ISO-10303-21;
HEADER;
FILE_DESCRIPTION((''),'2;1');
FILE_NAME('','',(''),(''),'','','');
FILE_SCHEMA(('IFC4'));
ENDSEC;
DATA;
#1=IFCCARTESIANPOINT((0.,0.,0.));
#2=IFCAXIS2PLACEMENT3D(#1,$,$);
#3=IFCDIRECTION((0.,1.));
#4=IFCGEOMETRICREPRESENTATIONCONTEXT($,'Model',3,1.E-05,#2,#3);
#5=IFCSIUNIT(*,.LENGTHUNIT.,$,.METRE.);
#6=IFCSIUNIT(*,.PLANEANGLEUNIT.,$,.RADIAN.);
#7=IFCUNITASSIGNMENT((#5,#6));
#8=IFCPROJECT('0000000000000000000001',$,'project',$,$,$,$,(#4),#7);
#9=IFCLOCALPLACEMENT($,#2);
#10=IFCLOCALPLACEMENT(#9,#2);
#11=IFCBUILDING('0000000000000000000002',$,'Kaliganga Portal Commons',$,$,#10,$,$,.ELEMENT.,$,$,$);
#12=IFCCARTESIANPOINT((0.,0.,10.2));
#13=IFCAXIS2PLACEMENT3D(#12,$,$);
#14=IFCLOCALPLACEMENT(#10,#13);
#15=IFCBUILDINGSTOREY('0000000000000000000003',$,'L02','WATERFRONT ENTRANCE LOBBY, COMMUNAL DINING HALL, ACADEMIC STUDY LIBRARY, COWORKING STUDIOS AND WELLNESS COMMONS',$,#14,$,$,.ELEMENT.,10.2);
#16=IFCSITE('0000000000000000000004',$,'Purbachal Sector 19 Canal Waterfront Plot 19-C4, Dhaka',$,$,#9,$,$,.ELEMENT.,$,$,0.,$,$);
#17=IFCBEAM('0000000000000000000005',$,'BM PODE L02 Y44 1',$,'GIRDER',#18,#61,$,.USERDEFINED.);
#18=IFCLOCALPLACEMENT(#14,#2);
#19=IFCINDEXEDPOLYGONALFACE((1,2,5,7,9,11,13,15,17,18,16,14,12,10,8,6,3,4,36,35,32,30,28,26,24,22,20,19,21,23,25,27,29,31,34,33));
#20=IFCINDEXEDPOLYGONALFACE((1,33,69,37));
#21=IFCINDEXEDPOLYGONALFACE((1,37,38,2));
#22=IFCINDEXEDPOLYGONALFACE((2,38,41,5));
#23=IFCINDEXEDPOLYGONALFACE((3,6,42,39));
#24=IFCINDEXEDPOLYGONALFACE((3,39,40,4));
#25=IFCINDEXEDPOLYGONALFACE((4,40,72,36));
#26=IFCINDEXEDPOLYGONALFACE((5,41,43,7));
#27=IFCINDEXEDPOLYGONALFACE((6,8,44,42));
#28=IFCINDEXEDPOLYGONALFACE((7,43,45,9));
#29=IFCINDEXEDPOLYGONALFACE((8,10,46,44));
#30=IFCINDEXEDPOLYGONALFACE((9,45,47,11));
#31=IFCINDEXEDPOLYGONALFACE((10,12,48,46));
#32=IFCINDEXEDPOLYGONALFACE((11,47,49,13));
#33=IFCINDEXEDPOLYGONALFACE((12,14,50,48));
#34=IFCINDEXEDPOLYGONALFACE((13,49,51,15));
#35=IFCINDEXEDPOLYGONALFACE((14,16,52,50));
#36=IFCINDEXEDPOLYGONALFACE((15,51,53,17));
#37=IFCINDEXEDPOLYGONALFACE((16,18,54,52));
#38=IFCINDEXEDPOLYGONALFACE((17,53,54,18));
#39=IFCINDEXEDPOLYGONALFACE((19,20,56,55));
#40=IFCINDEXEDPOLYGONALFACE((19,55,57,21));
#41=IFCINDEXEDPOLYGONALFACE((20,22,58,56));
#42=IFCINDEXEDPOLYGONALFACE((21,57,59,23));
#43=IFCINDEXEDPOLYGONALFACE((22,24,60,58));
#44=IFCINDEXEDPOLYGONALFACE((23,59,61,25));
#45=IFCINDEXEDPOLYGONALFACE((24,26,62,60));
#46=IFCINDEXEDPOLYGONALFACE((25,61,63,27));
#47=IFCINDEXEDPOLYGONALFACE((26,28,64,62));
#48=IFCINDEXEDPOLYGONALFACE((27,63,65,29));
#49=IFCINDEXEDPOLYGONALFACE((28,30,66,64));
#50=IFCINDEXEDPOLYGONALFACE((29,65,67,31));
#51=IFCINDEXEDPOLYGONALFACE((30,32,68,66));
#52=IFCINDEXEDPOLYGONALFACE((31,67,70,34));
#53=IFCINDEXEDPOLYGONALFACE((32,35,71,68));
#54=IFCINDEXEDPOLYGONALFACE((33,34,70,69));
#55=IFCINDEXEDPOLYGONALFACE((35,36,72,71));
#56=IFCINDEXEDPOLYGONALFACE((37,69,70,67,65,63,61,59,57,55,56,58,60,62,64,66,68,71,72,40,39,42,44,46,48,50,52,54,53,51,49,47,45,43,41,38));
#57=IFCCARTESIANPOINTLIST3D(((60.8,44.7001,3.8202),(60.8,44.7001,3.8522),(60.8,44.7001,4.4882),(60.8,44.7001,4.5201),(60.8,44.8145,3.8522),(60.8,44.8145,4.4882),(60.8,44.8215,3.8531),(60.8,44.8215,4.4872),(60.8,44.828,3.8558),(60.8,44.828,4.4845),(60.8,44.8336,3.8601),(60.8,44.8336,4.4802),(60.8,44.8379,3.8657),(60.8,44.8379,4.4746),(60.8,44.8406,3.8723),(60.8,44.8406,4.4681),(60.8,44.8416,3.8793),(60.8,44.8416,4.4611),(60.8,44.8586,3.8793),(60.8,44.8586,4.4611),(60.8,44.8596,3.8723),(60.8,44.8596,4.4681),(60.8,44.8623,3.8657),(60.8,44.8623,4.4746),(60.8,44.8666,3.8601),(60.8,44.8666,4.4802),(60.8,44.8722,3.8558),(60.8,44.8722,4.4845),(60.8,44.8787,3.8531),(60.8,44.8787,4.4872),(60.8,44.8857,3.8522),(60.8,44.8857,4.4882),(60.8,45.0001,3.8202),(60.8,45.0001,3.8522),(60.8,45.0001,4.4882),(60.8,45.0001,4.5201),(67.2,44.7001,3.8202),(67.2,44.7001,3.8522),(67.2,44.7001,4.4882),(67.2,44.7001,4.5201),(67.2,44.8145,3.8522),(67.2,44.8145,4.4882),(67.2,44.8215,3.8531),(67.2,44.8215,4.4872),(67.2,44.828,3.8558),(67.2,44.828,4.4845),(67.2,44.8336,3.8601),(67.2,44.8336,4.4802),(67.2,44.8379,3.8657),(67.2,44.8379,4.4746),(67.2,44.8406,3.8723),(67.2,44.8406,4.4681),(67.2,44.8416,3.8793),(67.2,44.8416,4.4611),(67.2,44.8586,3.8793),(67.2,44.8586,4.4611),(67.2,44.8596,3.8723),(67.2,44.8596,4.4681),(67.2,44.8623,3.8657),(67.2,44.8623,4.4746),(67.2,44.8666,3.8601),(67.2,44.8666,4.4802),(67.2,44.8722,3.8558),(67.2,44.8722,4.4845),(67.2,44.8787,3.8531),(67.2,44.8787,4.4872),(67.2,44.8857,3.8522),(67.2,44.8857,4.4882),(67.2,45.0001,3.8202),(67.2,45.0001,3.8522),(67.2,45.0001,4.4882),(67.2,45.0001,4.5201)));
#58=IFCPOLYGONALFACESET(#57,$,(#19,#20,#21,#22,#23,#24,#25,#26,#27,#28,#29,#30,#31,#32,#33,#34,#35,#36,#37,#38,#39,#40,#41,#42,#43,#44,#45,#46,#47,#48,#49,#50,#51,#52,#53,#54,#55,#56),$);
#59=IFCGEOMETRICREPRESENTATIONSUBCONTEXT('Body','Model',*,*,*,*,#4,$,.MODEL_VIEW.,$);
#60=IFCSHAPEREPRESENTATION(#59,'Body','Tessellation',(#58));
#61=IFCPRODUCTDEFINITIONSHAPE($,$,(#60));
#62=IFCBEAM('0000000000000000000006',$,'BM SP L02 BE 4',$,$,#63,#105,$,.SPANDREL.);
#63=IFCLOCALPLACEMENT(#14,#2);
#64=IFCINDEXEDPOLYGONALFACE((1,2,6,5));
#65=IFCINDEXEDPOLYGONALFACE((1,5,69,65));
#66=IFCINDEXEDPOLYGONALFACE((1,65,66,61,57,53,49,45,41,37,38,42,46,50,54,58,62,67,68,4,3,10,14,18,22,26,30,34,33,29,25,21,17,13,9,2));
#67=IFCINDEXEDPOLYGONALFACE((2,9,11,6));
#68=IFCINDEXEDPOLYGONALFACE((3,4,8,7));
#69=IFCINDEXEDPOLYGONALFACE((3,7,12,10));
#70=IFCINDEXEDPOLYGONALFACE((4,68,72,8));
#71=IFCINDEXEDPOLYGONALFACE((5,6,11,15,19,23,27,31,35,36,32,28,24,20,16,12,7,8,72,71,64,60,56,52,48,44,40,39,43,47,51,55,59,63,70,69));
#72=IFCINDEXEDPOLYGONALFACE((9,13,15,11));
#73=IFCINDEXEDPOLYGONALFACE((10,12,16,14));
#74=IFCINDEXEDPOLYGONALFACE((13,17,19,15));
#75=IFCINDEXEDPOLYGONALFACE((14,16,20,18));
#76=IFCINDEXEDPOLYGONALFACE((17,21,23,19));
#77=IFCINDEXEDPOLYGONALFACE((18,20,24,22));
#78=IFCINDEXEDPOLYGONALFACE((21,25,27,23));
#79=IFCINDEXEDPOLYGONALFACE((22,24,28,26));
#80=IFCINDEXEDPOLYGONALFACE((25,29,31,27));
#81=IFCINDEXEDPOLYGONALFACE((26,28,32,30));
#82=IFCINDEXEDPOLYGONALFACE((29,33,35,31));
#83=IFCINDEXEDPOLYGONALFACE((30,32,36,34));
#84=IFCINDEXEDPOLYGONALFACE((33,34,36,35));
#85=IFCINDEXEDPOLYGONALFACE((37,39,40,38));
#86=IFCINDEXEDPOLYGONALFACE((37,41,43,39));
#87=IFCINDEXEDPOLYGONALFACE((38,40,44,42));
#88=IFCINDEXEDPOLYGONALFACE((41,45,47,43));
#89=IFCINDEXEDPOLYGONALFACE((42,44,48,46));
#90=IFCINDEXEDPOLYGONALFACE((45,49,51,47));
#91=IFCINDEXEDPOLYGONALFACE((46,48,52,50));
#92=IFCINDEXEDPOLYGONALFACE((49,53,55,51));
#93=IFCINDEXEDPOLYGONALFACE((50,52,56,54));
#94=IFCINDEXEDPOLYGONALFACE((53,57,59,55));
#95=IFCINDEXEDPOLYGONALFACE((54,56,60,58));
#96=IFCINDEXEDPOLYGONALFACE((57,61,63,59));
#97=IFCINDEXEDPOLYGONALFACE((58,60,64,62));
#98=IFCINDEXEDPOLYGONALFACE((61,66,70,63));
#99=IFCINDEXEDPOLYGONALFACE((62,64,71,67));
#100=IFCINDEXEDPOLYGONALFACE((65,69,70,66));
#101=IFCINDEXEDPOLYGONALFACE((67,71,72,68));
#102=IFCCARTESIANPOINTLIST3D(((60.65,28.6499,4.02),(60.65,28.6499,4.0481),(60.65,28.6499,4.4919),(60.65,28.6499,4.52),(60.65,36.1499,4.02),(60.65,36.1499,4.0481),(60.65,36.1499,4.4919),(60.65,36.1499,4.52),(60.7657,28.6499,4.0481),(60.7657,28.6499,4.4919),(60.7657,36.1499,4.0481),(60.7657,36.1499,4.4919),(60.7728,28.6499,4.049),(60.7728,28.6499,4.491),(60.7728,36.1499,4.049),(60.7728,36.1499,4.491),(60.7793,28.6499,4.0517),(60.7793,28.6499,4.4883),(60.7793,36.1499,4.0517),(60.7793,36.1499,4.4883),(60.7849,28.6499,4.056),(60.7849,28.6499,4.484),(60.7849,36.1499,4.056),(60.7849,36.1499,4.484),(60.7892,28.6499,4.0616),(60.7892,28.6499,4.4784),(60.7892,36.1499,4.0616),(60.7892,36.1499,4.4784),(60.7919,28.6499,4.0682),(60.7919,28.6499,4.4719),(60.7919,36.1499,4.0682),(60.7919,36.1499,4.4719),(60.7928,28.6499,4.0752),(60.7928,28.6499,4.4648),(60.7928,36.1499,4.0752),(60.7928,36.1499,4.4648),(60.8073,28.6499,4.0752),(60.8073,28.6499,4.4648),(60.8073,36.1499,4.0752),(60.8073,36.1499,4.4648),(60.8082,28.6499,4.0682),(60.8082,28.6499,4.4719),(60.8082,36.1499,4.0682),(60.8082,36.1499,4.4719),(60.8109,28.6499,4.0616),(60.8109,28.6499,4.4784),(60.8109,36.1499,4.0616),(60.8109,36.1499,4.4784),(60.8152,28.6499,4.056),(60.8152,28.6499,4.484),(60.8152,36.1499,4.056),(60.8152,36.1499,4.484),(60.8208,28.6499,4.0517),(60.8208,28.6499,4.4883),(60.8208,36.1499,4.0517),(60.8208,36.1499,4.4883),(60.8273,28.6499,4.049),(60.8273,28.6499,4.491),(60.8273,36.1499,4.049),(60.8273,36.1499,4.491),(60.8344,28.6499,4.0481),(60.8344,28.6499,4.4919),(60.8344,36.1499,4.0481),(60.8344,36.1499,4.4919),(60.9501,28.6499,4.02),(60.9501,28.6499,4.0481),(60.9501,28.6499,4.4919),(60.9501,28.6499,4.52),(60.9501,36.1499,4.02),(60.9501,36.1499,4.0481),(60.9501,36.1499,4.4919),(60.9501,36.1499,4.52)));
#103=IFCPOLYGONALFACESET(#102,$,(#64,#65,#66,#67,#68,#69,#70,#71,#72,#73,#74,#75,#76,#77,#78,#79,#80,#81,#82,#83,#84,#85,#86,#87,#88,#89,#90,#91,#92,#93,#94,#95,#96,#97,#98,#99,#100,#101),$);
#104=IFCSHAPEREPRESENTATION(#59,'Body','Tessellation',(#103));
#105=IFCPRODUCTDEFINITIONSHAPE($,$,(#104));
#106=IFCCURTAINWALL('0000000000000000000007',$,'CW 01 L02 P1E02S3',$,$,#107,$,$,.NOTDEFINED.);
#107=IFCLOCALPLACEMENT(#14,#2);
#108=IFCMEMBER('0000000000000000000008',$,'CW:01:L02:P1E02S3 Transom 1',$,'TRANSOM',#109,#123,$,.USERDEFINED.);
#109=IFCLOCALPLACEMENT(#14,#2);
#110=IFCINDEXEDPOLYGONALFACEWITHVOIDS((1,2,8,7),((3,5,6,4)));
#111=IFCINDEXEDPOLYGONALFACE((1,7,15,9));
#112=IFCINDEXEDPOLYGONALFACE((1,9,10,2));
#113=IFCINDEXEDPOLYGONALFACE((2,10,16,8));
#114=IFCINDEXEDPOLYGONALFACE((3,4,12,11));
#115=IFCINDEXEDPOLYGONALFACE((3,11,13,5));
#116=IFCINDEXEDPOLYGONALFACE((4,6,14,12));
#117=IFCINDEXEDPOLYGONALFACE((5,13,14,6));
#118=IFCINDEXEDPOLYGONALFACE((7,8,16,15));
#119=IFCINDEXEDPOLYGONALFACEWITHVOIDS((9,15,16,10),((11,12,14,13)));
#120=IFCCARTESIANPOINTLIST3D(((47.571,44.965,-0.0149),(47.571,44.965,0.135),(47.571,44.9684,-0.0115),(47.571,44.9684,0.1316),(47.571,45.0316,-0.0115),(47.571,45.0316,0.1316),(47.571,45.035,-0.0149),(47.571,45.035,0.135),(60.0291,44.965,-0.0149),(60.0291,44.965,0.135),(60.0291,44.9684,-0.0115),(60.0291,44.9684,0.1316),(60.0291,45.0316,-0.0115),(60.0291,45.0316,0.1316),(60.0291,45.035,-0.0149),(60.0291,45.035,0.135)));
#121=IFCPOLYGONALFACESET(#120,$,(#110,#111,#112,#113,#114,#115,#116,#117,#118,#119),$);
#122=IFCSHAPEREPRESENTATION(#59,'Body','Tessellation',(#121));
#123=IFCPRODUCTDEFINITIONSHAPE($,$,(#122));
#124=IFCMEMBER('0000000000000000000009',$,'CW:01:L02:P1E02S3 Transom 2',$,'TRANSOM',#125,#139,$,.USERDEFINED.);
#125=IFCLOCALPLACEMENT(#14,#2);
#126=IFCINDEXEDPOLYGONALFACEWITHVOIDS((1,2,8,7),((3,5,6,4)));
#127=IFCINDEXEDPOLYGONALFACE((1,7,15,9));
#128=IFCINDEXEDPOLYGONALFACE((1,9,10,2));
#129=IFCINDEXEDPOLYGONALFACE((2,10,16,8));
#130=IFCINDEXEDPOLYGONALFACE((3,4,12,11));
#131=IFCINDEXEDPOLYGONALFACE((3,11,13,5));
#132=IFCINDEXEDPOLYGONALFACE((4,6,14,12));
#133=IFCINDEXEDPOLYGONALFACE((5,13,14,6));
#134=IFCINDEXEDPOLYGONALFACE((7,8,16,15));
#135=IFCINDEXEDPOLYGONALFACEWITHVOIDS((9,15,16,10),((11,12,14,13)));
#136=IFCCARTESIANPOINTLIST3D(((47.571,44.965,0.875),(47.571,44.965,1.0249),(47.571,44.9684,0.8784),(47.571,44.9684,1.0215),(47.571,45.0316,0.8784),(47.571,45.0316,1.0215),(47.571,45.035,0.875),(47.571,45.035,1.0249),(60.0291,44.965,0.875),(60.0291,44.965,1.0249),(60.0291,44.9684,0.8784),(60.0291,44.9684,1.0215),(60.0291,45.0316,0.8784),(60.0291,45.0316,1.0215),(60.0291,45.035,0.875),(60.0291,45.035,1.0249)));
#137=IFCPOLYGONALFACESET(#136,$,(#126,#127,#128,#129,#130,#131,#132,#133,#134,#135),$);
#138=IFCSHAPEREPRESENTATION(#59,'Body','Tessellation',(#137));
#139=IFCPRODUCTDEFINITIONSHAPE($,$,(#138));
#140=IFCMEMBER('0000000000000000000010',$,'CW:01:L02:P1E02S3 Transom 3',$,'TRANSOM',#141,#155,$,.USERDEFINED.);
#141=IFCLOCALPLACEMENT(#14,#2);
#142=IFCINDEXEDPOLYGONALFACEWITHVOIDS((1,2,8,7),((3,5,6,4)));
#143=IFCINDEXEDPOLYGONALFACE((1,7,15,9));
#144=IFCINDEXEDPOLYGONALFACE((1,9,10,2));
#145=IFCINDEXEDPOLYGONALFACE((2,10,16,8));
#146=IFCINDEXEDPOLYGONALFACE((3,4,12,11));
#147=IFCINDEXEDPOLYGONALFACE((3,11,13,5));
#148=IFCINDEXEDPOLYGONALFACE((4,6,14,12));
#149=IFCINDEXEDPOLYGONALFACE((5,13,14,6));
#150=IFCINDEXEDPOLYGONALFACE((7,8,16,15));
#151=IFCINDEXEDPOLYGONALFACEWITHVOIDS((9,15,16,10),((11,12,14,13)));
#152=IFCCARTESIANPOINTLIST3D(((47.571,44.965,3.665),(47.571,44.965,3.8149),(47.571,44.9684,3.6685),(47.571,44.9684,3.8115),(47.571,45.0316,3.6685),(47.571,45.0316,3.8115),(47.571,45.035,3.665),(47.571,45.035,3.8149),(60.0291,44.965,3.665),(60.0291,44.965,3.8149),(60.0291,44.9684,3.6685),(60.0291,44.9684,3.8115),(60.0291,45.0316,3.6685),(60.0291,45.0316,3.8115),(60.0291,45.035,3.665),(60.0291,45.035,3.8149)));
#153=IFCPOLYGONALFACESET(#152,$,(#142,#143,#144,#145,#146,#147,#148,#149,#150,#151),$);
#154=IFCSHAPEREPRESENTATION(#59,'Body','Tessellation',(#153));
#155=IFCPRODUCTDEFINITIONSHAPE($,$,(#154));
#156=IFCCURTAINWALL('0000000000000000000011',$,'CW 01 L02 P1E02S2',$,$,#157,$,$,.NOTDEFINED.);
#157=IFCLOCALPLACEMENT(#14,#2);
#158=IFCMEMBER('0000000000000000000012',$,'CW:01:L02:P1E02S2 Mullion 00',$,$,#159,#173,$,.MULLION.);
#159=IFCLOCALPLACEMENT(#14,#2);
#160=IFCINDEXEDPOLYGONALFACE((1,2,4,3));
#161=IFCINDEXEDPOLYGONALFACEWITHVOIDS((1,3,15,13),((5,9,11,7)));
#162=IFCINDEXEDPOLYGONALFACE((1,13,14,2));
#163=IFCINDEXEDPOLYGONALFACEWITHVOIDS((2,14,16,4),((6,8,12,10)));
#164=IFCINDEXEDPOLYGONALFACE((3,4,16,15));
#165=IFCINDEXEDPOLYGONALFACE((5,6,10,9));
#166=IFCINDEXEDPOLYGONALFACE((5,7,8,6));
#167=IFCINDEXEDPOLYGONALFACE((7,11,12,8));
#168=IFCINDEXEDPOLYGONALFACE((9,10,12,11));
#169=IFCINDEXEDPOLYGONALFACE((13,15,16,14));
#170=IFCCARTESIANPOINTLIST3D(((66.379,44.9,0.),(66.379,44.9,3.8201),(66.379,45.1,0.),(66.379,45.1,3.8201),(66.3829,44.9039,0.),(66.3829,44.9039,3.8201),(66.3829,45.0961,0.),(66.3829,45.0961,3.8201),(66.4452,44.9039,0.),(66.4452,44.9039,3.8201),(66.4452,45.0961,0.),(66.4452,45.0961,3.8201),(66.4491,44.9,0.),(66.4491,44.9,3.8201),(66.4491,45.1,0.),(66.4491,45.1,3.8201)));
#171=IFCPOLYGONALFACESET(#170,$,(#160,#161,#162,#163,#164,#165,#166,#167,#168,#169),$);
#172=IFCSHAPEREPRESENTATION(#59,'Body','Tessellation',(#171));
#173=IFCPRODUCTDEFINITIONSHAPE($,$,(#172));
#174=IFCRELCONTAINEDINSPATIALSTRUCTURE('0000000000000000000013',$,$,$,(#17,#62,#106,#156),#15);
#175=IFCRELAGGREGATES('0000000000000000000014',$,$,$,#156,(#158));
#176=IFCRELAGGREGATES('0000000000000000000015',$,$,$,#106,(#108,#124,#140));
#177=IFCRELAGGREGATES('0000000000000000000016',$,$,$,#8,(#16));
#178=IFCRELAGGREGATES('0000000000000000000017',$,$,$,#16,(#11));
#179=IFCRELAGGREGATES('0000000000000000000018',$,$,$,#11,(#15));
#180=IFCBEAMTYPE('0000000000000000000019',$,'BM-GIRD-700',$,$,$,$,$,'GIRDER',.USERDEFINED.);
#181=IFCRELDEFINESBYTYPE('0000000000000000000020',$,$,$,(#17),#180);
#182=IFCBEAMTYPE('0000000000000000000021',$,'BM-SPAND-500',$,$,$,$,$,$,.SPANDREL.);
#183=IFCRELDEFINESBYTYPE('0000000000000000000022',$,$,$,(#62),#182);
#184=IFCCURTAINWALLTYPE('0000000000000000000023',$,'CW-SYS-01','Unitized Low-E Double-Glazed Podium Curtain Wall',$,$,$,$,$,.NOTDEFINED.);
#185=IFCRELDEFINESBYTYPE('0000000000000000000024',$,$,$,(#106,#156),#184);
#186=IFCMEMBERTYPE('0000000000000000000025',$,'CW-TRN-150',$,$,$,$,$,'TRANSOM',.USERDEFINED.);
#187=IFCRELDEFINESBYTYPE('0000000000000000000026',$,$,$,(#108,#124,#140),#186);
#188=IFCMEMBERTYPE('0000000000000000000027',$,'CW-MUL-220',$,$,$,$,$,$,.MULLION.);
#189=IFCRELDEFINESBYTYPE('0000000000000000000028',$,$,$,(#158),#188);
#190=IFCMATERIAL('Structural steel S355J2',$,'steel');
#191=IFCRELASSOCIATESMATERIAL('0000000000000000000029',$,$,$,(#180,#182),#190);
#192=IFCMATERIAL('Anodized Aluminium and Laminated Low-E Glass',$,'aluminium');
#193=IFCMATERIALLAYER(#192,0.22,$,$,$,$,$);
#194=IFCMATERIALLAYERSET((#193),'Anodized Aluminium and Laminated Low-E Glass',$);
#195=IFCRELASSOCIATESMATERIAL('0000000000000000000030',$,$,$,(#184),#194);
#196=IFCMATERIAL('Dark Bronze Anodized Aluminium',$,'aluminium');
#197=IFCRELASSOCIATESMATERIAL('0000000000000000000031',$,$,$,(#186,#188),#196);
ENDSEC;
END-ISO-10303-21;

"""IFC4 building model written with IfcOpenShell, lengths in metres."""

from ifc_helpers import new_model, si_unit, direction, frame, origin, origin_2d, place, context, subcontext, project, spatial, hollow_rectangle, i_section, extrude, source, transform, mapped, material, layer, layer_set, material_profile, profile_set, type_object, element, aggregate, save


model = new_model("IFC4")

# Units and contexts
model_context = context("Model", 3, precision=1e-05, world=origin(), true_north=direction((0.0, 1.0)))
body_context = subcontext(model_context, "Body", "Model", "MODEL_VIEW")
ifc_project = project(units=[si_unit("LENGTHUNIT", "METRE"), si_unit("PLANEANGLEUNIT", "RADIAN")], contexts=[model_context])

# Site, building, storey
site_placement = place(None, origin())
site = spatial("IfcSite", under=ifc_project, at=site_placement, Name="Purbachal Sector 19 Canal Waterfront Plot 19-C4, Dhaka", CompositionType="ELEMENT", RefElevation=0.0)
building_placement = place(site_placement, origin())
building = spatial("IfcBuilding", under=site, at=building_placement, Name="Kaliganga Portal Commons", CompositionType="ELEMENT")
storey_placement = place(building_placement, frame((0.0, 0.0, 10.2)))
storey = spatial("IfcBuildingStorey", under=building, at=storey_placement, Name="L02", Description="WATERFRONT ENTRANCE LOBBY, COMMUNAL DINING HALL, ACADEMIC STUDY LIBRARY, COWORKING STUDIOS AND WELLNESS COMMONS", CompositionType="ELEMENT", Elevation=10.2)

# Beams
ifc_material_1 = material(Name="Structural steel S355J2", Category="steel")
ifc_material_profile_1 = material_profile(ifc_material_1, i_section(OverallWidth=0.3, OverallDepth=0.7, WebThickness=0.0171, FlangeThickness=0.032, FilletRadius=0.0271, at=origin_2d()), Name="HE 700 B")
ifc_profile_set_1 = profile_set([ifc_material_profile_1], Name="Structural steel S355J2 wide-flange")
beam_type_1 = type_object("IfcBeamType", Name="BM-GIRD-700", ElementType="GIRDER", PredefinedType="USERDEFINED", material=ifc_profile_set_1)
shared_shape_1 = source(origin(), body_context, "Body", "SweptSolid", [
    extrude(i_section(OverallWidth=0.3, OverallDepth=0.7, WebThickness=0.0171, FlangeThickness=0.032, FilletRadius=0.0271, at=origin_2d()), origin(), (0.0, 0.0, 1.0), 6.3999),
])
for number, where, z_axis, x_axis, name in (
    (1, (60.8, 44.8501, 4.1702), (1.0, 0.0, 0.0), (0.0, 1.0, 0.0), "BM PODE L02 Y44 1"),
):
    element("IfcBeam", number, at=place(storey_placement, frame(where, z_axis=z_axis, x_axis=x_axis)), inside=storey, type_object=beam_type_1, Name=name, ObjectType="GIRDER", PredefinedType="USERDEFINED", context=body_context, shape_type="MappedRepresentation", body=[
        mapped(shared_shape_1, transform((0.0, 0.0, 0.0), x_axis=(1.0, 0.0, 0.0), y_axis=(0.0, 1.0, 0.0), z_axis=(0.0, 0.0, 1.0), scale=1.0)),
    ])
ifc_material_profile_2 = material_profile(ifc_material_1, i_section(OverallWidth=0.3, OverallDepth=0.5, WebThickness=0.0144, FlangeThickness=0.0281, FilletRadius=0.0271, at=origin_2d()), Name="HE 500 B")
ifc_profile_set_2 = profile_set([ifc_material_profile_2], Name="Structural steel S355J2 wide-flange")
beam_type_2 = type_object("IfcBeamType", Name="BM-SPAND-500", PredefinedType="SPANDREL", material=ifc_profile_set_2)
shared_shape_2 = source(origin(), body_context, "Body", "SweptSolid", [
    extrude(i_section(OverallWidth=0.3, OverallDepth=0.5, WebThickness=0.0144, FlangeThickness=0.0281, FilletRadius=0.0271, at=origin_2d()), origin(), (0.0, 0.0, 1.0), 7.5),
])
beam_1_placement = place(storey_placement, frame((60.8, 28.6499, 4.27), z_axis=(0.0, 1.0, 0.0), x_axis=(-1.0, 0.0, 0.0)))
element("IfcBeam", 2, at=beam_1_placement, inside=storey, type_object=beam_type_2, Name="BM SP L02 BE 4", PredefinedType="SPANDREL", context=body_context, shape_type="MappedRepresentation", body=[
    mapped(shared_shape_2, transform((0.0, 0.0, 0.0), x_axis=(1.0, 0.0, 0.0), y_axis=(0.0, 1.0, 0.0), z_axis=(0.0, 0.0, 1.0), scale=1.0)),
])

# Curtain walls, members
ifc_material_2 = material(Name="Anodized Aluminium and Laminated Low-E Glass", Category="aluminium")
ifc_layer_1 = layer(ifc_material_2, 0.22)
ifc_layer_set_1 = layer_set([ifc_layer_1], Name="Anodized Aluminium and Laminated Low-E Glass")
curtain_wall_type = type_object("IfcCurtainWallType", Name="CW-SYS-01", Description="Unitized Low-E Double-Glazed Podium Curtain Wall", PredefinedType="NOTDEFINED", material=ifc_layer_set_1)
curtain_wall_1_placement = place(storey_placement, origin())
curtain_wall_1 = element("IfcCurtainWall", 3, at=curtain_wall_1_placement, inside=storey, type_object=curtain_wall_type, Name="CW 01 L02 P1E02S3", PredefinedType="NOTDEFINED")
ifc_material_3 = material(Name="Dark Bronze Anodized Aluminium", Category="aluminium")
ifc_material_profile_3 = material_profile(ifc_material_3, hollow_rectangle(XDim=0.0701, YDim=0.1499, WallThickness=0.0034, at=origin_2d()), Name="ALU TRAN 70x150x3.5")
ifc_profile_set_3 = profile_set([ifc_material_profile_3], Name="Dark Bronze Anodized Aluminium")
member_type_1 = type_object("IfcMemberType", Name="CW-TRN-150", ElementType="TRANSOM", PredefinedType="USERDEFINED", material=ifc_profile_set_3)
shared_shape_3 = source(origin(), body_context, "Body", "SweptSolid", [
    extrude(hollow_rectangle(XDim=0.0701, YDim=0.1499, WallThickness=0.0034, at=origin_2d()), origin(), (0.0, 0.0, 1.0), 12.458),
])
member_1_placement = place(storey_placement, frame((60.0291, 45.0, 0.0601), z_axis=(-1.0, 0.0, 0.0), x_axis=(0.0, -1.0, 0.0)))
member_1 = element("IfcMember", 4, at=member_1_placement, type_object=member_type_1, Name="CW:01:L02:P1E02S3 Transom 1", ObjectType="TRANSOM", PredefinedType="USERDEFINED", context=body_context, shape_type="MappedRepresentation", body=[
    mapped(shared_shape_3, transform((0.0, 0.0, 0.0), x_axis=(1.0, 0.0, 0.0), y_axis=(0.0, 1.0, 0.0), z_axis=(0.0, 0.0, 1.0), scale=1.0)),
])
member_2_placement = place(storey_placement, frame((60.0291, 45.0, 0.95), z_axis=(-1.0, 0.0, 0.0), x_axis=(0.0, -1.0, 0.0)))
member_2 = element("IfcMember", 5, at=member_2_placement, type_object=member_type_1, Name="CW:01:L02:P1E02S3 Transom 2", ObjectType="TRANSOM", PredefinedType="USERDEFINED", context=body_context, shape_type="MappedRepresentation", body=[
    mapped(shared_shape_3, transform((0.0, 0.0, 0.0), x_axis=(1.0, 0.0, 0.0), y_axis=(0.0, 1.0, 0.0), z_axis=(0.0, 0.0, 1.0), scale=1.0)),
])
member_3_placement = place(storey_placement, frame((60.0291, 45.0, 3.74), z_axis=(-1.0, 0.0, 0.0), x_axis=(0.0, -1.0, 0.0)))
member_3 = element("IfcMember", 6, at=member_3_placement, type_object=member_type_1, Name="CW:01:L02:P1E02S3 Transom 3", ObjectType="TRANSOM", PredefinedType="USERDEFINED", context=body_context, shape_type="MappedRepresentation", body=[
    mapped(shared_shape_3, transform((0.0, 0.0, 0.0), x_axis=(1.0, 0.0, 0.0), y_axis=(0.0, 1.0, 0.0), z_axis=(0.0, 0.0, 1.0), scale=1.0)),
])
curtain_wall_2_placement = place(storey_placement, origin())
curtain_wall_2 = element("IfcCurtainWall", 7, at=curtain_wall_2_placement, inside=storey, type_object=curtain_wall_type, Name="CW 01 L02 P1E02S2", PredefinedType="NOTDEFINED")
ifc_material_profile_4 = material_profile(ifc_material_3, hollow_rectangle(XDim=0.0701, YDim=0.2, WallThickness=0.0039, at=origin_2d()), Name="ALU MULL 70x200x4")
ifc_profile_set_4 = profile_set([ifc_material_profile_4], Name="Dark Bronze Anodized Aluminium")
member_type_2 = type_object("IfcMemberType", Name="CW-MUL-220", PredefinedType="MULLION", material=ifc_profile_set_4)
shared_shape_4 = source(origin(), body_context, "Body", "SweptSolid", [
    extrude(hollow_rectangle(XDim=0.0701, YDim=0.2, WallThickness=0.0039, at=origin_2d()), origin(), (0.0, 0.0, 1.0), 3.8201),
])
member_4_placement = place(storey_placement, frame((66.4141, 45.0, 0.0), z_axis=(0.0, 0.0, 1.0), x_axis=(-1.0, 0.0, 0.0)))
member_4 = element("IfcMember", 8, at=member_4_placement, type_object=member_type_2, Name="CW:01:L02:P1E02S2 Mullion 00", PredefinedType="MULLION", context=body_context, shape_type="MappedRepresentation", body=[
    mapped(shared_shape_4, transform((0.0, 0.0, 0.0), x_axis=(1.0, 0.0, 0.0), y_axis=(0.0, 1.0, 0.0), z_axis=(0.0, 0.0, 1.0), scale=1.0)),
])

aggregate(curtain_wall_2, [member_4])
aggregate(curtain_wall_1, [member_1, member_2, member_3])

save(model, "model.ifc")
